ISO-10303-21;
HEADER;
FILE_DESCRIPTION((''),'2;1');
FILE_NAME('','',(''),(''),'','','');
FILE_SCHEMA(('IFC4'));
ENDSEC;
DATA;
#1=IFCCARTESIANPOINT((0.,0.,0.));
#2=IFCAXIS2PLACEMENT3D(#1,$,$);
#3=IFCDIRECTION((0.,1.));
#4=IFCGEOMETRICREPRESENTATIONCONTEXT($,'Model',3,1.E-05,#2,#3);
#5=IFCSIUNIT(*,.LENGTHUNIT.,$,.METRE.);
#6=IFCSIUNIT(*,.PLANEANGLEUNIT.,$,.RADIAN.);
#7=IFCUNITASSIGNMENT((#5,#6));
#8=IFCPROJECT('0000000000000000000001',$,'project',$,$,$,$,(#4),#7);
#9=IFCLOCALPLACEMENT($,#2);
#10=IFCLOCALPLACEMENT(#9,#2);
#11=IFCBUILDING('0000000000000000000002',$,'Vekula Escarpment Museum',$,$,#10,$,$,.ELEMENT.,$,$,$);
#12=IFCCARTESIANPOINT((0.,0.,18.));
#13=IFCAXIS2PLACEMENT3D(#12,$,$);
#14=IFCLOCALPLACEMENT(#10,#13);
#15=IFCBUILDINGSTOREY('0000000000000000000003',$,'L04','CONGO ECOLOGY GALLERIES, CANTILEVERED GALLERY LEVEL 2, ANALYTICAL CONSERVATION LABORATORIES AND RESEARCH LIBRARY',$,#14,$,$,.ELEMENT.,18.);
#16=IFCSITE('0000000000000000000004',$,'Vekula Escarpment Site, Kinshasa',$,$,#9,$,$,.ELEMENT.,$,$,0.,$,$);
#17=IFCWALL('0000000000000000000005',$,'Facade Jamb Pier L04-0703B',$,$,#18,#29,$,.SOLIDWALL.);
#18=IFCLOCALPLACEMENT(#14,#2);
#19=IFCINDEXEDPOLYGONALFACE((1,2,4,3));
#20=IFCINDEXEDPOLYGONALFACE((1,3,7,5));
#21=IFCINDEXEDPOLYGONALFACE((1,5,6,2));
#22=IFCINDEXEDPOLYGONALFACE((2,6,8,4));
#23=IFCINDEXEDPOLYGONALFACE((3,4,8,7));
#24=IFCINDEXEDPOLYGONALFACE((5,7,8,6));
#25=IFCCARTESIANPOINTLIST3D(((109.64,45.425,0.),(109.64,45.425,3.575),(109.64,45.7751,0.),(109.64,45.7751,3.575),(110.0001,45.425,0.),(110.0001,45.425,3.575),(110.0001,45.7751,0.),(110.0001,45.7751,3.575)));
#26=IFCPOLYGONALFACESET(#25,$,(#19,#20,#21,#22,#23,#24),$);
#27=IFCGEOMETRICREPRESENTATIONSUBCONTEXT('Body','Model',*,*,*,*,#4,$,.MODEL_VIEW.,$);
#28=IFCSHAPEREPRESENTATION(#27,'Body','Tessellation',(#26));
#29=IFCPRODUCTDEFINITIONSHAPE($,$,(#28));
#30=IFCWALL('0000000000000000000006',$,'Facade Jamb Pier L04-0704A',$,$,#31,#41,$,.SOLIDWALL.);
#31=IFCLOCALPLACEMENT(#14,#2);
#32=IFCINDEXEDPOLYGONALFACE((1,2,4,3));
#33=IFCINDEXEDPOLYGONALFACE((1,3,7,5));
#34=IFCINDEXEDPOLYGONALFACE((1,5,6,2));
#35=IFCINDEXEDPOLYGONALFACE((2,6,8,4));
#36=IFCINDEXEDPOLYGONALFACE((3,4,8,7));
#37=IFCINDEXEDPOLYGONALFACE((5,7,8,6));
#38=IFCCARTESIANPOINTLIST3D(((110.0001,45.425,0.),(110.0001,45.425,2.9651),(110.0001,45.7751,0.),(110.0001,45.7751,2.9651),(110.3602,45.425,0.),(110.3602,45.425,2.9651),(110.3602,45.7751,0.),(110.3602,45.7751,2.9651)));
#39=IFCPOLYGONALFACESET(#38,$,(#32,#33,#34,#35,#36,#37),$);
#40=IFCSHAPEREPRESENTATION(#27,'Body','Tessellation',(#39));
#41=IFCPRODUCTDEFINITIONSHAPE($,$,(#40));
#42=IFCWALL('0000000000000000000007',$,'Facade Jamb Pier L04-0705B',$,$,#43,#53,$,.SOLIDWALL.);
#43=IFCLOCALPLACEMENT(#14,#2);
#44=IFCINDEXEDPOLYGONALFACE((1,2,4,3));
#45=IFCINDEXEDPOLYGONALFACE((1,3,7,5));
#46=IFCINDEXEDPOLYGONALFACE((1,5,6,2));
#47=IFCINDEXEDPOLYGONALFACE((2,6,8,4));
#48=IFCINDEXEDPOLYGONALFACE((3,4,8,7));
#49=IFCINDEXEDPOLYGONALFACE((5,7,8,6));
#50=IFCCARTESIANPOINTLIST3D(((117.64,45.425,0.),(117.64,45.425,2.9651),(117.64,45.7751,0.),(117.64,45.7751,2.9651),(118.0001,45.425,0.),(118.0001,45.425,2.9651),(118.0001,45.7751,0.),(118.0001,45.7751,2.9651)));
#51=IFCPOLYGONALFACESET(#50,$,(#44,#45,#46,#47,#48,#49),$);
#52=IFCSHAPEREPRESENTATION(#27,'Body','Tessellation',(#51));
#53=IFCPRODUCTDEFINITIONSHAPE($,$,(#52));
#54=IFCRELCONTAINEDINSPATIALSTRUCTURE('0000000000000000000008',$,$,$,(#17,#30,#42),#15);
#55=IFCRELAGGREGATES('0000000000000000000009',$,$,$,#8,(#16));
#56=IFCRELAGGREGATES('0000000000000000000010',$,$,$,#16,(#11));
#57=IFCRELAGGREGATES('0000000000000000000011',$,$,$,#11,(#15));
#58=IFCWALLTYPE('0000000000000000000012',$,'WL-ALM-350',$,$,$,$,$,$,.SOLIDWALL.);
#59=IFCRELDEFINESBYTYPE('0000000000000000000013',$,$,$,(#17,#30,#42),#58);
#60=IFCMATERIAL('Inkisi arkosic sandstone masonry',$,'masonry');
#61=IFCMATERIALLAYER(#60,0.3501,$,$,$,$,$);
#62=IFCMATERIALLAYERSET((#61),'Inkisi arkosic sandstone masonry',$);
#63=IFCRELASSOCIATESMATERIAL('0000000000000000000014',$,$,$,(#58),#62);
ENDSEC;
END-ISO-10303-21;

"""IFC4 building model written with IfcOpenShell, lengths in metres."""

from ifc_helpers import new_model, si_unit, direction, frame, frame_2d, origin, place, context, subcontext, project, spatial, rectangle, extrude, material, layer, layer_set, type_object, element, save


model = new_model("IFC4")

# Units and contexts
model_context = context("Model", 3, precision=1e-05, world=origin(), true_north=direction((0.0, 1.0)))
body_context = subcontext(model_context, "Body", "Model", "MODEL_VIEW")
ifc_project = project(units=[si_unit("LENGTHUNIT", "METRE"), si_unit("PLANEANGLEUNIT", "RADIAN")], contexts=[model_context])

# Site, building, storey
site_placement = place(None, origin())
site = spatial("IfcSite", under=ifc_project, at=site_placement, Name="Vekula Escarpment Site, Kinshasa", CompositionType="ELEMENT", RefElevation=0.0)
building_placement = place(site_placement, origin())
building = spatial("IfcBuilding", under=site, at=building_placement, Name="Vekula Escarpment Museum", CompositionType="ELEMENT")
storey_placement = place(building_placement, frame((0.0, 0.0, 18.0)))
storey = spatial("IfcBuildingStorey", under=building, at=storey_placement, Name="L04", Description="CONGO ECOLOGY GALLERIES, CANTILEVERED GALLERY LEVEL 2, ANALYTICAL CONSERVATION LABORATORIES AND RESEARCH LIBRARY", CompositionType="ELEMENT", Elevation=18.0)

# Walls
ifc_material_1 = material(Name="Inkisi arkosic sandstone masonry", Category="masonry")
ifc_layer_1 = layer(ifc_material_1, 0.3501)
ifc_layer_set_1 = layer_set([ifc_layer_1], Name="Inkisi arkosic sandstone masonry")
wall_type = type_object("IfcWallType", Name="WL-ALM-350", PredefinedType="SOLIDWALL", material=ifc_layer_set_1)
wall_placement = place(storey_placement, frame((109.6399, 45.6001, 0.0), z_axis=(0.0, 0.0, 1.0), x_axis=(1.0, 0.0, 0.0)))
element("IfcWall", 1, at=wall_placement, inside=storey, type_object=wall_type, Name="Facade Jamb Pier L04-0703B", PredefinedType="SOLIDWALL", context=body_context, shape_type="SweptSolid", body=[
    extrude(rectangle(XDim=0.3601, YDim=0.3501, at=frame_2d((0.1802, 0.0))), origin(), (0.0, 0.0, 1.0), 3.575),
])
for number, where, z_axis, x_axis, name in (
    (2, (110.0, 45.6001, 0.0), (0.0, 0.0, 1.0), (1.0, 0.0, 0.0), "Facade Jamb Pier L04-0704A"),
    (3, (117.6399, 45.6001, 0.0), (0.0, 0.0, 1.0), (1.0, 0.0, 0.0), "Facade Jamb Pier L04-0705B"),
):
    element("IfcWall", number, at=place(storey_placement, frame(where, z_axis=z_axis, x_axis=x_axis)), inside=storey, type_object=wall_type, Name=name, PredefinedType="SOLIDWALL", context=body_context, shape_type="SweptSolid", body=[
        extrude(rectangle(XDim=0.3601, YDim=0.3501, at=frame_2d((0.1802, 0.0))), origin(), (0.0, 0.0, 1.0), 2.9651),
    ])

save(model, "model.ifc")
